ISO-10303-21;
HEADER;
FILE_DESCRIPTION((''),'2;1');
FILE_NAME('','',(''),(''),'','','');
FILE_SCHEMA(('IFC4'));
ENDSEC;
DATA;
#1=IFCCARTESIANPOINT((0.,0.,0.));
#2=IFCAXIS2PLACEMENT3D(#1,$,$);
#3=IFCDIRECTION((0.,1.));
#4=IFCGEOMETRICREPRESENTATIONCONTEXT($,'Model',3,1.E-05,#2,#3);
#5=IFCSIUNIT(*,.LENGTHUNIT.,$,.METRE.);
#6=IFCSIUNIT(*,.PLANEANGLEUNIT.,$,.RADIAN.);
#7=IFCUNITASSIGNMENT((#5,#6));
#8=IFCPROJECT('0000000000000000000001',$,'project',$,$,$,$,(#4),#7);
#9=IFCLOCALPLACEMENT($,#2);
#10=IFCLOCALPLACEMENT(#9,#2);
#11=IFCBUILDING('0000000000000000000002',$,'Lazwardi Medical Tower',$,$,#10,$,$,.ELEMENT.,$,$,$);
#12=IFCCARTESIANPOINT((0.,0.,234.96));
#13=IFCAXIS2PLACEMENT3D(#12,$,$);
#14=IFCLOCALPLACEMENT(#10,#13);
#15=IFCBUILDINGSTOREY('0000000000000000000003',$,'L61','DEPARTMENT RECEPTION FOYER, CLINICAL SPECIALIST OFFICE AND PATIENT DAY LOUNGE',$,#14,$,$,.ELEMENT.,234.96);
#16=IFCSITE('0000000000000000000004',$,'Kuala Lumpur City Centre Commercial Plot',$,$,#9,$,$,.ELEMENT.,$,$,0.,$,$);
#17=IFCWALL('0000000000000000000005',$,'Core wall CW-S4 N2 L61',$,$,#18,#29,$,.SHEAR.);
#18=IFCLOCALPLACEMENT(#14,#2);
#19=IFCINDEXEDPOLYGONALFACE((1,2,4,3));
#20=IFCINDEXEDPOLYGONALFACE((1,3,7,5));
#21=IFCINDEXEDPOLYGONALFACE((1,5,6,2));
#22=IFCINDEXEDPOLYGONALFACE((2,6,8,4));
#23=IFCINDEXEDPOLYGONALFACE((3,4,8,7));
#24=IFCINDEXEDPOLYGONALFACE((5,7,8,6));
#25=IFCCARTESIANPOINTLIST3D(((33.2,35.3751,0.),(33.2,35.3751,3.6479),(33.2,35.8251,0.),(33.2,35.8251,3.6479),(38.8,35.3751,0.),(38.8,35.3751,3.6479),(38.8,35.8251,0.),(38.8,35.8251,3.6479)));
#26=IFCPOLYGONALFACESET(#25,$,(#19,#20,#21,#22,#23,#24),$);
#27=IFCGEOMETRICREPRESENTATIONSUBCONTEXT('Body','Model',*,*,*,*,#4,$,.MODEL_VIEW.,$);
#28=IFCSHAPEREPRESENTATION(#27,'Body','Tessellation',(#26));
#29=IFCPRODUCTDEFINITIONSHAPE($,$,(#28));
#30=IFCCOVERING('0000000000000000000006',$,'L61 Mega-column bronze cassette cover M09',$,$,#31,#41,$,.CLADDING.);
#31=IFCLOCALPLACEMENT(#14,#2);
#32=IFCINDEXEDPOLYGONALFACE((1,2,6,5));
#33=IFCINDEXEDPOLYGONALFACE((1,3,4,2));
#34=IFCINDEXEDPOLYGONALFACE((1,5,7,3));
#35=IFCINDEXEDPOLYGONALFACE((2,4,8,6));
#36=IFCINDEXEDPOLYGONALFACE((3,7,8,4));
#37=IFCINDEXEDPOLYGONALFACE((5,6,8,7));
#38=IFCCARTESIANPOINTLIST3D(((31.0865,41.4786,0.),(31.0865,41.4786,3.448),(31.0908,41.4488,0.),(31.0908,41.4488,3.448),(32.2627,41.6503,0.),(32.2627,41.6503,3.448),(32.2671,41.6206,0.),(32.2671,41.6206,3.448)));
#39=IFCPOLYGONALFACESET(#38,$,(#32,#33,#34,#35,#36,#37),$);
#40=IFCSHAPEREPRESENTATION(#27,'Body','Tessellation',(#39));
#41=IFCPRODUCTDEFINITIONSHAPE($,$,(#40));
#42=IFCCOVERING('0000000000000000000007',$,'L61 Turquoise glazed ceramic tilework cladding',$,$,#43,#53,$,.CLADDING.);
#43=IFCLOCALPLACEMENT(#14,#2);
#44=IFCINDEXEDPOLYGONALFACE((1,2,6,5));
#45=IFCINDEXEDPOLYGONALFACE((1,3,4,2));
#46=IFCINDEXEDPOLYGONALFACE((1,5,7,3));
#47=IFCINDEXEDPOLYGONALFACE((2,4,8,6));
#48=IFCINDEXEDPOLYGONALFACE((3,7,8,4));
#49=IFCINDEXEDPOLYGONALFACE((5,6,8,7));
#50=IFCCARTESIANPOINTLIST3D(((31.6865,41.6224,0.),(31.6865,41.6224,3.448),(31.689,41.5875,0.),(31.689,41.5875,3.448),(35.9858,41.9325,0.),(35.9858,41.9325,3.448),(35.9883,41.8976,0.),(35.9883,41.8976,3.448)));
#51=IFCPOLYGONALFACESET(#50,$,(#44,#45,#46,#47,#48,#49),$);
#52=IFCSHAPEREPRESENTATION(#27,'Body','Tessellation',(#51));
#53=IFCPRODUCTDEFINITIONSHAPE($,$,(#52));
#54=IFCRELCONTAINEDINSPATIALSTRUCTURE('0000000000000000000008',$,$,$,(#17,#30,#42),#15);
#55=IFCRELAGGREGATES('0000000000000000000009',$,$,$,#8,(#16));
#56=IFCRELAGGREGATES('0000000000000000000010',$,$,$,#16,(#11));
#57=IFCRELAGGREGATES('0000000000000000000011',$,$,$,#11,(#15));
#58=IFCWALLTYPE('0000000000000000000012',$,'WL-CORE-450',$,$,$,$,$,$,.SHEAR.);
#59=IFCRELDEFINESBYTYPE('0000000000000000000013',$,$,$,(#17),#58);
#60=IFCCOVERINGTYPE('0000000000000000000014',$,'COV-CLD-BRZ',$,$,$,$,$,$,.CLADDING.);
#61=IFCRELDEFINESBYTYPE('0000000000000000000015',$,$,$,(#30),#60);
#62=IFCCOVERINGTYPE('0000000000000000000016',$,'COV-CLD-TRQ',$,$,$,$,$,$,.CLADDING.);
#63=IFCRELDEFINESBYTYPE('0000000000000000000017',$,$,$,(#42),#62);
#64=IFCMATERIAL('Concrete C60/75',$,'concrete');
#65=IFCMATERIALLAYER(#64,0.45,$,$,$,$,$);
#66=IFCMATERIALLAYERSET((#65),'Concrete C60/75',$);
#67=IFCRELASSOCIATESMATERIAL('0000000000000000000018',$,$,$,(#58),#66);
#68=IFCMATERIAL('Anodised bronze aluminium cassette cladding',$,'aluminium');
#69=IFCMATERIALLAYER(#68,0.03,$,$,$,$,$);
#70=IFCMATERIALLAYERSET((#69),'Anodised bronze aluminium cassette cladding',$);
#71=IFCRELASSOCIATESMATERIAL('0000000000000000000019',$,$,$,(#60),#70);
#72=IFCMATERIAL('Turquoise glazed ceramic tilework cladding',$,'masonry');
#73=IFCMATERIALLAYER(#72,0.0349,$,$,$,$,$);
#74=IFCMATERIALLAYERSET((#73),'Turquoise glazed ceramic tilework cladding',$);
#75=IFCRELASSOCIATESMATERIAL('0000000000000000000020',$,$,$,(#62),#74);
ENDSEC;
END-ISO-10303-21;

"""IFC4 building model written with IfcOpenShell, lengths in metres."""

from ifc_helpers import new_model, si_unit, direction, frame, frame_2d, origin, origin_2d, place, context, subcontext, project, spatial, rectangle, extrude, material, layer, layer_set, type_object, element, save


model = new_model("IFC4")

# Units and contexts
model_context = context("Model", 3, precision=1e-05, world=origin(), true_north=direction((0.0, 1.0)))
body_context = subcontext(model_context, "Body", "Model", "MODEL_VIEW")
ifc_project = project(units=[si_unit("LENGTHUNIT", "METRE"), si_unit("PLANEANGLEUNIT", "RADIAN")], contexts=[model_context])

# Site, building, storey
site_placement = place(None, origin())
site = spatial("IfcSite", under=ifc_project, at=site_placement, Name="Kuala Lumpur City Centre Commercial Plot", CompositionType="ELEMENT", RefElevation=0.0)
building_placement = place(site_placement, origin())
building = spatial("IfcBuilding", under=site, at=building_placement, Name="Lazwardi Medical Tower", CompositionType="ELEMENT")
storey_placement = place(building_placement, frame((0.0, 0.0, 234.96)))
storey = spatial("IfcBuildingStorey", under=building, at=storey_placement, Name="L61", Description="DEPARTMENT RECEPTION FOYER, CLINICAL SPECIALIST OFFICE AND PATIENT DAY LOUNGE", CompositionType="ELEMENT", Elevation=234.96)

# Shared definitions
ifc_material_1 = material(Name="Concrete C60/75", Category="concrete")

# Wall
ifc_layer_1 = layer(ifc_material_1, 0.45)
ifc_layer_set_1 = layer_set([ifc_layer_1], Name="Concrete C60/75")
wall_type_1 = type_object("IfcWallType", Name="WL-CORE-450", PredefinedType="SHEAR", material=ifc_layer_set_1)
wall_1_placement = place(storey_placement, frame((33.2, 35.6001, 0.0), z_axis=(0.0, 0.0, 1.0), x_axis=(1.0, 0.0, 0.0)))
element("IfcWall", 1, at=wall_1_placement, inside=storey, type_object=wall_type_1, Name="Core wall CW-S4 N2 L61", PredefinedType="SHEAR", context=body_context, shape_type="SweptSolid", body=[
    extrude(rectangle(XDim=5.6001, YDim=0.45, at=frame_2d((2.8, 0.0))), origin(), (0.0, 0.0, 1.0), 3.6479),
])

# Coverings
ifc_material_2 = material(Name="Anodised bronze aluminium cassette cladding", Category="aluminium")
ifc_layer_2 = layer(ifc_material_2, 0.03)
ifc_layer_set_2 = layer_set([ifc_layer_2], Name="Anodised bronze aluminium cassette cladding")
covering_type_1 = type_object("IfcCoveringType", Name="COV-CLD-BRZ", PredefinedType="CLADDING", material=ifc_layer_set_2)
covering_1_placement = place(storey_placement, frame((31.6768, 41.5496, 0.0), z_axis=(0.0, 0.0, 1.0), x_axis=(-0.989512, -0.144448, 0.0)))
element("IfcCovering", 2, at=covering_1_placement, inside=storey, type_object=covering_type_1, Name="L61 Mega-column bronze cassette cover M09", PredefinedType="CLADDING", context=body_context, shape_type="SweptSolid", body=[
    extrude(rectangle(XDim=1.1887, YDim=0.03, at=origin_2d()), origin(), (0.0, 0.0, 1.0), 3.448),
])
ifc_material_3 = material(Name="Turquoise glazed ceramic tilework cladding", Category="masonry")
ifc_layer_3 = layer(ifc_material_3, 0.0349)
ifc_layer_set_3 = layer_set([ifc_layer_3], Name="Turquoise glazed ceramic tilework cladding")
covering_type_2 = type_object("IfcCoveringType", Name="COV-CLD-TRQ", PredefinedType="CLADDING", material=ifc_layer_set_3)
covering_2_placement = place(storey_placement, frame((33.8374, 41.76, 0.0), z_axis=(0.0, 0.0, 1.0), x_axis=(-0.997409, -0.07194, 0.0)))
element("IfcCovering", 3, at=covering_2_placement, inside=storey, type_object=covering_type_2, Name="L61 Turquoise glazed ceramic tilework cladding", PredefinedType="CLADDING", context=body_context, shape_type="SweptSolid", body=[
    extrude(rectangle(XDim=4.3105, YDim=0.0349, at=origin_2d()), origin(), (0.0, 0.0, 1.0), 3.448),
])

save(model, "model.ifc")
